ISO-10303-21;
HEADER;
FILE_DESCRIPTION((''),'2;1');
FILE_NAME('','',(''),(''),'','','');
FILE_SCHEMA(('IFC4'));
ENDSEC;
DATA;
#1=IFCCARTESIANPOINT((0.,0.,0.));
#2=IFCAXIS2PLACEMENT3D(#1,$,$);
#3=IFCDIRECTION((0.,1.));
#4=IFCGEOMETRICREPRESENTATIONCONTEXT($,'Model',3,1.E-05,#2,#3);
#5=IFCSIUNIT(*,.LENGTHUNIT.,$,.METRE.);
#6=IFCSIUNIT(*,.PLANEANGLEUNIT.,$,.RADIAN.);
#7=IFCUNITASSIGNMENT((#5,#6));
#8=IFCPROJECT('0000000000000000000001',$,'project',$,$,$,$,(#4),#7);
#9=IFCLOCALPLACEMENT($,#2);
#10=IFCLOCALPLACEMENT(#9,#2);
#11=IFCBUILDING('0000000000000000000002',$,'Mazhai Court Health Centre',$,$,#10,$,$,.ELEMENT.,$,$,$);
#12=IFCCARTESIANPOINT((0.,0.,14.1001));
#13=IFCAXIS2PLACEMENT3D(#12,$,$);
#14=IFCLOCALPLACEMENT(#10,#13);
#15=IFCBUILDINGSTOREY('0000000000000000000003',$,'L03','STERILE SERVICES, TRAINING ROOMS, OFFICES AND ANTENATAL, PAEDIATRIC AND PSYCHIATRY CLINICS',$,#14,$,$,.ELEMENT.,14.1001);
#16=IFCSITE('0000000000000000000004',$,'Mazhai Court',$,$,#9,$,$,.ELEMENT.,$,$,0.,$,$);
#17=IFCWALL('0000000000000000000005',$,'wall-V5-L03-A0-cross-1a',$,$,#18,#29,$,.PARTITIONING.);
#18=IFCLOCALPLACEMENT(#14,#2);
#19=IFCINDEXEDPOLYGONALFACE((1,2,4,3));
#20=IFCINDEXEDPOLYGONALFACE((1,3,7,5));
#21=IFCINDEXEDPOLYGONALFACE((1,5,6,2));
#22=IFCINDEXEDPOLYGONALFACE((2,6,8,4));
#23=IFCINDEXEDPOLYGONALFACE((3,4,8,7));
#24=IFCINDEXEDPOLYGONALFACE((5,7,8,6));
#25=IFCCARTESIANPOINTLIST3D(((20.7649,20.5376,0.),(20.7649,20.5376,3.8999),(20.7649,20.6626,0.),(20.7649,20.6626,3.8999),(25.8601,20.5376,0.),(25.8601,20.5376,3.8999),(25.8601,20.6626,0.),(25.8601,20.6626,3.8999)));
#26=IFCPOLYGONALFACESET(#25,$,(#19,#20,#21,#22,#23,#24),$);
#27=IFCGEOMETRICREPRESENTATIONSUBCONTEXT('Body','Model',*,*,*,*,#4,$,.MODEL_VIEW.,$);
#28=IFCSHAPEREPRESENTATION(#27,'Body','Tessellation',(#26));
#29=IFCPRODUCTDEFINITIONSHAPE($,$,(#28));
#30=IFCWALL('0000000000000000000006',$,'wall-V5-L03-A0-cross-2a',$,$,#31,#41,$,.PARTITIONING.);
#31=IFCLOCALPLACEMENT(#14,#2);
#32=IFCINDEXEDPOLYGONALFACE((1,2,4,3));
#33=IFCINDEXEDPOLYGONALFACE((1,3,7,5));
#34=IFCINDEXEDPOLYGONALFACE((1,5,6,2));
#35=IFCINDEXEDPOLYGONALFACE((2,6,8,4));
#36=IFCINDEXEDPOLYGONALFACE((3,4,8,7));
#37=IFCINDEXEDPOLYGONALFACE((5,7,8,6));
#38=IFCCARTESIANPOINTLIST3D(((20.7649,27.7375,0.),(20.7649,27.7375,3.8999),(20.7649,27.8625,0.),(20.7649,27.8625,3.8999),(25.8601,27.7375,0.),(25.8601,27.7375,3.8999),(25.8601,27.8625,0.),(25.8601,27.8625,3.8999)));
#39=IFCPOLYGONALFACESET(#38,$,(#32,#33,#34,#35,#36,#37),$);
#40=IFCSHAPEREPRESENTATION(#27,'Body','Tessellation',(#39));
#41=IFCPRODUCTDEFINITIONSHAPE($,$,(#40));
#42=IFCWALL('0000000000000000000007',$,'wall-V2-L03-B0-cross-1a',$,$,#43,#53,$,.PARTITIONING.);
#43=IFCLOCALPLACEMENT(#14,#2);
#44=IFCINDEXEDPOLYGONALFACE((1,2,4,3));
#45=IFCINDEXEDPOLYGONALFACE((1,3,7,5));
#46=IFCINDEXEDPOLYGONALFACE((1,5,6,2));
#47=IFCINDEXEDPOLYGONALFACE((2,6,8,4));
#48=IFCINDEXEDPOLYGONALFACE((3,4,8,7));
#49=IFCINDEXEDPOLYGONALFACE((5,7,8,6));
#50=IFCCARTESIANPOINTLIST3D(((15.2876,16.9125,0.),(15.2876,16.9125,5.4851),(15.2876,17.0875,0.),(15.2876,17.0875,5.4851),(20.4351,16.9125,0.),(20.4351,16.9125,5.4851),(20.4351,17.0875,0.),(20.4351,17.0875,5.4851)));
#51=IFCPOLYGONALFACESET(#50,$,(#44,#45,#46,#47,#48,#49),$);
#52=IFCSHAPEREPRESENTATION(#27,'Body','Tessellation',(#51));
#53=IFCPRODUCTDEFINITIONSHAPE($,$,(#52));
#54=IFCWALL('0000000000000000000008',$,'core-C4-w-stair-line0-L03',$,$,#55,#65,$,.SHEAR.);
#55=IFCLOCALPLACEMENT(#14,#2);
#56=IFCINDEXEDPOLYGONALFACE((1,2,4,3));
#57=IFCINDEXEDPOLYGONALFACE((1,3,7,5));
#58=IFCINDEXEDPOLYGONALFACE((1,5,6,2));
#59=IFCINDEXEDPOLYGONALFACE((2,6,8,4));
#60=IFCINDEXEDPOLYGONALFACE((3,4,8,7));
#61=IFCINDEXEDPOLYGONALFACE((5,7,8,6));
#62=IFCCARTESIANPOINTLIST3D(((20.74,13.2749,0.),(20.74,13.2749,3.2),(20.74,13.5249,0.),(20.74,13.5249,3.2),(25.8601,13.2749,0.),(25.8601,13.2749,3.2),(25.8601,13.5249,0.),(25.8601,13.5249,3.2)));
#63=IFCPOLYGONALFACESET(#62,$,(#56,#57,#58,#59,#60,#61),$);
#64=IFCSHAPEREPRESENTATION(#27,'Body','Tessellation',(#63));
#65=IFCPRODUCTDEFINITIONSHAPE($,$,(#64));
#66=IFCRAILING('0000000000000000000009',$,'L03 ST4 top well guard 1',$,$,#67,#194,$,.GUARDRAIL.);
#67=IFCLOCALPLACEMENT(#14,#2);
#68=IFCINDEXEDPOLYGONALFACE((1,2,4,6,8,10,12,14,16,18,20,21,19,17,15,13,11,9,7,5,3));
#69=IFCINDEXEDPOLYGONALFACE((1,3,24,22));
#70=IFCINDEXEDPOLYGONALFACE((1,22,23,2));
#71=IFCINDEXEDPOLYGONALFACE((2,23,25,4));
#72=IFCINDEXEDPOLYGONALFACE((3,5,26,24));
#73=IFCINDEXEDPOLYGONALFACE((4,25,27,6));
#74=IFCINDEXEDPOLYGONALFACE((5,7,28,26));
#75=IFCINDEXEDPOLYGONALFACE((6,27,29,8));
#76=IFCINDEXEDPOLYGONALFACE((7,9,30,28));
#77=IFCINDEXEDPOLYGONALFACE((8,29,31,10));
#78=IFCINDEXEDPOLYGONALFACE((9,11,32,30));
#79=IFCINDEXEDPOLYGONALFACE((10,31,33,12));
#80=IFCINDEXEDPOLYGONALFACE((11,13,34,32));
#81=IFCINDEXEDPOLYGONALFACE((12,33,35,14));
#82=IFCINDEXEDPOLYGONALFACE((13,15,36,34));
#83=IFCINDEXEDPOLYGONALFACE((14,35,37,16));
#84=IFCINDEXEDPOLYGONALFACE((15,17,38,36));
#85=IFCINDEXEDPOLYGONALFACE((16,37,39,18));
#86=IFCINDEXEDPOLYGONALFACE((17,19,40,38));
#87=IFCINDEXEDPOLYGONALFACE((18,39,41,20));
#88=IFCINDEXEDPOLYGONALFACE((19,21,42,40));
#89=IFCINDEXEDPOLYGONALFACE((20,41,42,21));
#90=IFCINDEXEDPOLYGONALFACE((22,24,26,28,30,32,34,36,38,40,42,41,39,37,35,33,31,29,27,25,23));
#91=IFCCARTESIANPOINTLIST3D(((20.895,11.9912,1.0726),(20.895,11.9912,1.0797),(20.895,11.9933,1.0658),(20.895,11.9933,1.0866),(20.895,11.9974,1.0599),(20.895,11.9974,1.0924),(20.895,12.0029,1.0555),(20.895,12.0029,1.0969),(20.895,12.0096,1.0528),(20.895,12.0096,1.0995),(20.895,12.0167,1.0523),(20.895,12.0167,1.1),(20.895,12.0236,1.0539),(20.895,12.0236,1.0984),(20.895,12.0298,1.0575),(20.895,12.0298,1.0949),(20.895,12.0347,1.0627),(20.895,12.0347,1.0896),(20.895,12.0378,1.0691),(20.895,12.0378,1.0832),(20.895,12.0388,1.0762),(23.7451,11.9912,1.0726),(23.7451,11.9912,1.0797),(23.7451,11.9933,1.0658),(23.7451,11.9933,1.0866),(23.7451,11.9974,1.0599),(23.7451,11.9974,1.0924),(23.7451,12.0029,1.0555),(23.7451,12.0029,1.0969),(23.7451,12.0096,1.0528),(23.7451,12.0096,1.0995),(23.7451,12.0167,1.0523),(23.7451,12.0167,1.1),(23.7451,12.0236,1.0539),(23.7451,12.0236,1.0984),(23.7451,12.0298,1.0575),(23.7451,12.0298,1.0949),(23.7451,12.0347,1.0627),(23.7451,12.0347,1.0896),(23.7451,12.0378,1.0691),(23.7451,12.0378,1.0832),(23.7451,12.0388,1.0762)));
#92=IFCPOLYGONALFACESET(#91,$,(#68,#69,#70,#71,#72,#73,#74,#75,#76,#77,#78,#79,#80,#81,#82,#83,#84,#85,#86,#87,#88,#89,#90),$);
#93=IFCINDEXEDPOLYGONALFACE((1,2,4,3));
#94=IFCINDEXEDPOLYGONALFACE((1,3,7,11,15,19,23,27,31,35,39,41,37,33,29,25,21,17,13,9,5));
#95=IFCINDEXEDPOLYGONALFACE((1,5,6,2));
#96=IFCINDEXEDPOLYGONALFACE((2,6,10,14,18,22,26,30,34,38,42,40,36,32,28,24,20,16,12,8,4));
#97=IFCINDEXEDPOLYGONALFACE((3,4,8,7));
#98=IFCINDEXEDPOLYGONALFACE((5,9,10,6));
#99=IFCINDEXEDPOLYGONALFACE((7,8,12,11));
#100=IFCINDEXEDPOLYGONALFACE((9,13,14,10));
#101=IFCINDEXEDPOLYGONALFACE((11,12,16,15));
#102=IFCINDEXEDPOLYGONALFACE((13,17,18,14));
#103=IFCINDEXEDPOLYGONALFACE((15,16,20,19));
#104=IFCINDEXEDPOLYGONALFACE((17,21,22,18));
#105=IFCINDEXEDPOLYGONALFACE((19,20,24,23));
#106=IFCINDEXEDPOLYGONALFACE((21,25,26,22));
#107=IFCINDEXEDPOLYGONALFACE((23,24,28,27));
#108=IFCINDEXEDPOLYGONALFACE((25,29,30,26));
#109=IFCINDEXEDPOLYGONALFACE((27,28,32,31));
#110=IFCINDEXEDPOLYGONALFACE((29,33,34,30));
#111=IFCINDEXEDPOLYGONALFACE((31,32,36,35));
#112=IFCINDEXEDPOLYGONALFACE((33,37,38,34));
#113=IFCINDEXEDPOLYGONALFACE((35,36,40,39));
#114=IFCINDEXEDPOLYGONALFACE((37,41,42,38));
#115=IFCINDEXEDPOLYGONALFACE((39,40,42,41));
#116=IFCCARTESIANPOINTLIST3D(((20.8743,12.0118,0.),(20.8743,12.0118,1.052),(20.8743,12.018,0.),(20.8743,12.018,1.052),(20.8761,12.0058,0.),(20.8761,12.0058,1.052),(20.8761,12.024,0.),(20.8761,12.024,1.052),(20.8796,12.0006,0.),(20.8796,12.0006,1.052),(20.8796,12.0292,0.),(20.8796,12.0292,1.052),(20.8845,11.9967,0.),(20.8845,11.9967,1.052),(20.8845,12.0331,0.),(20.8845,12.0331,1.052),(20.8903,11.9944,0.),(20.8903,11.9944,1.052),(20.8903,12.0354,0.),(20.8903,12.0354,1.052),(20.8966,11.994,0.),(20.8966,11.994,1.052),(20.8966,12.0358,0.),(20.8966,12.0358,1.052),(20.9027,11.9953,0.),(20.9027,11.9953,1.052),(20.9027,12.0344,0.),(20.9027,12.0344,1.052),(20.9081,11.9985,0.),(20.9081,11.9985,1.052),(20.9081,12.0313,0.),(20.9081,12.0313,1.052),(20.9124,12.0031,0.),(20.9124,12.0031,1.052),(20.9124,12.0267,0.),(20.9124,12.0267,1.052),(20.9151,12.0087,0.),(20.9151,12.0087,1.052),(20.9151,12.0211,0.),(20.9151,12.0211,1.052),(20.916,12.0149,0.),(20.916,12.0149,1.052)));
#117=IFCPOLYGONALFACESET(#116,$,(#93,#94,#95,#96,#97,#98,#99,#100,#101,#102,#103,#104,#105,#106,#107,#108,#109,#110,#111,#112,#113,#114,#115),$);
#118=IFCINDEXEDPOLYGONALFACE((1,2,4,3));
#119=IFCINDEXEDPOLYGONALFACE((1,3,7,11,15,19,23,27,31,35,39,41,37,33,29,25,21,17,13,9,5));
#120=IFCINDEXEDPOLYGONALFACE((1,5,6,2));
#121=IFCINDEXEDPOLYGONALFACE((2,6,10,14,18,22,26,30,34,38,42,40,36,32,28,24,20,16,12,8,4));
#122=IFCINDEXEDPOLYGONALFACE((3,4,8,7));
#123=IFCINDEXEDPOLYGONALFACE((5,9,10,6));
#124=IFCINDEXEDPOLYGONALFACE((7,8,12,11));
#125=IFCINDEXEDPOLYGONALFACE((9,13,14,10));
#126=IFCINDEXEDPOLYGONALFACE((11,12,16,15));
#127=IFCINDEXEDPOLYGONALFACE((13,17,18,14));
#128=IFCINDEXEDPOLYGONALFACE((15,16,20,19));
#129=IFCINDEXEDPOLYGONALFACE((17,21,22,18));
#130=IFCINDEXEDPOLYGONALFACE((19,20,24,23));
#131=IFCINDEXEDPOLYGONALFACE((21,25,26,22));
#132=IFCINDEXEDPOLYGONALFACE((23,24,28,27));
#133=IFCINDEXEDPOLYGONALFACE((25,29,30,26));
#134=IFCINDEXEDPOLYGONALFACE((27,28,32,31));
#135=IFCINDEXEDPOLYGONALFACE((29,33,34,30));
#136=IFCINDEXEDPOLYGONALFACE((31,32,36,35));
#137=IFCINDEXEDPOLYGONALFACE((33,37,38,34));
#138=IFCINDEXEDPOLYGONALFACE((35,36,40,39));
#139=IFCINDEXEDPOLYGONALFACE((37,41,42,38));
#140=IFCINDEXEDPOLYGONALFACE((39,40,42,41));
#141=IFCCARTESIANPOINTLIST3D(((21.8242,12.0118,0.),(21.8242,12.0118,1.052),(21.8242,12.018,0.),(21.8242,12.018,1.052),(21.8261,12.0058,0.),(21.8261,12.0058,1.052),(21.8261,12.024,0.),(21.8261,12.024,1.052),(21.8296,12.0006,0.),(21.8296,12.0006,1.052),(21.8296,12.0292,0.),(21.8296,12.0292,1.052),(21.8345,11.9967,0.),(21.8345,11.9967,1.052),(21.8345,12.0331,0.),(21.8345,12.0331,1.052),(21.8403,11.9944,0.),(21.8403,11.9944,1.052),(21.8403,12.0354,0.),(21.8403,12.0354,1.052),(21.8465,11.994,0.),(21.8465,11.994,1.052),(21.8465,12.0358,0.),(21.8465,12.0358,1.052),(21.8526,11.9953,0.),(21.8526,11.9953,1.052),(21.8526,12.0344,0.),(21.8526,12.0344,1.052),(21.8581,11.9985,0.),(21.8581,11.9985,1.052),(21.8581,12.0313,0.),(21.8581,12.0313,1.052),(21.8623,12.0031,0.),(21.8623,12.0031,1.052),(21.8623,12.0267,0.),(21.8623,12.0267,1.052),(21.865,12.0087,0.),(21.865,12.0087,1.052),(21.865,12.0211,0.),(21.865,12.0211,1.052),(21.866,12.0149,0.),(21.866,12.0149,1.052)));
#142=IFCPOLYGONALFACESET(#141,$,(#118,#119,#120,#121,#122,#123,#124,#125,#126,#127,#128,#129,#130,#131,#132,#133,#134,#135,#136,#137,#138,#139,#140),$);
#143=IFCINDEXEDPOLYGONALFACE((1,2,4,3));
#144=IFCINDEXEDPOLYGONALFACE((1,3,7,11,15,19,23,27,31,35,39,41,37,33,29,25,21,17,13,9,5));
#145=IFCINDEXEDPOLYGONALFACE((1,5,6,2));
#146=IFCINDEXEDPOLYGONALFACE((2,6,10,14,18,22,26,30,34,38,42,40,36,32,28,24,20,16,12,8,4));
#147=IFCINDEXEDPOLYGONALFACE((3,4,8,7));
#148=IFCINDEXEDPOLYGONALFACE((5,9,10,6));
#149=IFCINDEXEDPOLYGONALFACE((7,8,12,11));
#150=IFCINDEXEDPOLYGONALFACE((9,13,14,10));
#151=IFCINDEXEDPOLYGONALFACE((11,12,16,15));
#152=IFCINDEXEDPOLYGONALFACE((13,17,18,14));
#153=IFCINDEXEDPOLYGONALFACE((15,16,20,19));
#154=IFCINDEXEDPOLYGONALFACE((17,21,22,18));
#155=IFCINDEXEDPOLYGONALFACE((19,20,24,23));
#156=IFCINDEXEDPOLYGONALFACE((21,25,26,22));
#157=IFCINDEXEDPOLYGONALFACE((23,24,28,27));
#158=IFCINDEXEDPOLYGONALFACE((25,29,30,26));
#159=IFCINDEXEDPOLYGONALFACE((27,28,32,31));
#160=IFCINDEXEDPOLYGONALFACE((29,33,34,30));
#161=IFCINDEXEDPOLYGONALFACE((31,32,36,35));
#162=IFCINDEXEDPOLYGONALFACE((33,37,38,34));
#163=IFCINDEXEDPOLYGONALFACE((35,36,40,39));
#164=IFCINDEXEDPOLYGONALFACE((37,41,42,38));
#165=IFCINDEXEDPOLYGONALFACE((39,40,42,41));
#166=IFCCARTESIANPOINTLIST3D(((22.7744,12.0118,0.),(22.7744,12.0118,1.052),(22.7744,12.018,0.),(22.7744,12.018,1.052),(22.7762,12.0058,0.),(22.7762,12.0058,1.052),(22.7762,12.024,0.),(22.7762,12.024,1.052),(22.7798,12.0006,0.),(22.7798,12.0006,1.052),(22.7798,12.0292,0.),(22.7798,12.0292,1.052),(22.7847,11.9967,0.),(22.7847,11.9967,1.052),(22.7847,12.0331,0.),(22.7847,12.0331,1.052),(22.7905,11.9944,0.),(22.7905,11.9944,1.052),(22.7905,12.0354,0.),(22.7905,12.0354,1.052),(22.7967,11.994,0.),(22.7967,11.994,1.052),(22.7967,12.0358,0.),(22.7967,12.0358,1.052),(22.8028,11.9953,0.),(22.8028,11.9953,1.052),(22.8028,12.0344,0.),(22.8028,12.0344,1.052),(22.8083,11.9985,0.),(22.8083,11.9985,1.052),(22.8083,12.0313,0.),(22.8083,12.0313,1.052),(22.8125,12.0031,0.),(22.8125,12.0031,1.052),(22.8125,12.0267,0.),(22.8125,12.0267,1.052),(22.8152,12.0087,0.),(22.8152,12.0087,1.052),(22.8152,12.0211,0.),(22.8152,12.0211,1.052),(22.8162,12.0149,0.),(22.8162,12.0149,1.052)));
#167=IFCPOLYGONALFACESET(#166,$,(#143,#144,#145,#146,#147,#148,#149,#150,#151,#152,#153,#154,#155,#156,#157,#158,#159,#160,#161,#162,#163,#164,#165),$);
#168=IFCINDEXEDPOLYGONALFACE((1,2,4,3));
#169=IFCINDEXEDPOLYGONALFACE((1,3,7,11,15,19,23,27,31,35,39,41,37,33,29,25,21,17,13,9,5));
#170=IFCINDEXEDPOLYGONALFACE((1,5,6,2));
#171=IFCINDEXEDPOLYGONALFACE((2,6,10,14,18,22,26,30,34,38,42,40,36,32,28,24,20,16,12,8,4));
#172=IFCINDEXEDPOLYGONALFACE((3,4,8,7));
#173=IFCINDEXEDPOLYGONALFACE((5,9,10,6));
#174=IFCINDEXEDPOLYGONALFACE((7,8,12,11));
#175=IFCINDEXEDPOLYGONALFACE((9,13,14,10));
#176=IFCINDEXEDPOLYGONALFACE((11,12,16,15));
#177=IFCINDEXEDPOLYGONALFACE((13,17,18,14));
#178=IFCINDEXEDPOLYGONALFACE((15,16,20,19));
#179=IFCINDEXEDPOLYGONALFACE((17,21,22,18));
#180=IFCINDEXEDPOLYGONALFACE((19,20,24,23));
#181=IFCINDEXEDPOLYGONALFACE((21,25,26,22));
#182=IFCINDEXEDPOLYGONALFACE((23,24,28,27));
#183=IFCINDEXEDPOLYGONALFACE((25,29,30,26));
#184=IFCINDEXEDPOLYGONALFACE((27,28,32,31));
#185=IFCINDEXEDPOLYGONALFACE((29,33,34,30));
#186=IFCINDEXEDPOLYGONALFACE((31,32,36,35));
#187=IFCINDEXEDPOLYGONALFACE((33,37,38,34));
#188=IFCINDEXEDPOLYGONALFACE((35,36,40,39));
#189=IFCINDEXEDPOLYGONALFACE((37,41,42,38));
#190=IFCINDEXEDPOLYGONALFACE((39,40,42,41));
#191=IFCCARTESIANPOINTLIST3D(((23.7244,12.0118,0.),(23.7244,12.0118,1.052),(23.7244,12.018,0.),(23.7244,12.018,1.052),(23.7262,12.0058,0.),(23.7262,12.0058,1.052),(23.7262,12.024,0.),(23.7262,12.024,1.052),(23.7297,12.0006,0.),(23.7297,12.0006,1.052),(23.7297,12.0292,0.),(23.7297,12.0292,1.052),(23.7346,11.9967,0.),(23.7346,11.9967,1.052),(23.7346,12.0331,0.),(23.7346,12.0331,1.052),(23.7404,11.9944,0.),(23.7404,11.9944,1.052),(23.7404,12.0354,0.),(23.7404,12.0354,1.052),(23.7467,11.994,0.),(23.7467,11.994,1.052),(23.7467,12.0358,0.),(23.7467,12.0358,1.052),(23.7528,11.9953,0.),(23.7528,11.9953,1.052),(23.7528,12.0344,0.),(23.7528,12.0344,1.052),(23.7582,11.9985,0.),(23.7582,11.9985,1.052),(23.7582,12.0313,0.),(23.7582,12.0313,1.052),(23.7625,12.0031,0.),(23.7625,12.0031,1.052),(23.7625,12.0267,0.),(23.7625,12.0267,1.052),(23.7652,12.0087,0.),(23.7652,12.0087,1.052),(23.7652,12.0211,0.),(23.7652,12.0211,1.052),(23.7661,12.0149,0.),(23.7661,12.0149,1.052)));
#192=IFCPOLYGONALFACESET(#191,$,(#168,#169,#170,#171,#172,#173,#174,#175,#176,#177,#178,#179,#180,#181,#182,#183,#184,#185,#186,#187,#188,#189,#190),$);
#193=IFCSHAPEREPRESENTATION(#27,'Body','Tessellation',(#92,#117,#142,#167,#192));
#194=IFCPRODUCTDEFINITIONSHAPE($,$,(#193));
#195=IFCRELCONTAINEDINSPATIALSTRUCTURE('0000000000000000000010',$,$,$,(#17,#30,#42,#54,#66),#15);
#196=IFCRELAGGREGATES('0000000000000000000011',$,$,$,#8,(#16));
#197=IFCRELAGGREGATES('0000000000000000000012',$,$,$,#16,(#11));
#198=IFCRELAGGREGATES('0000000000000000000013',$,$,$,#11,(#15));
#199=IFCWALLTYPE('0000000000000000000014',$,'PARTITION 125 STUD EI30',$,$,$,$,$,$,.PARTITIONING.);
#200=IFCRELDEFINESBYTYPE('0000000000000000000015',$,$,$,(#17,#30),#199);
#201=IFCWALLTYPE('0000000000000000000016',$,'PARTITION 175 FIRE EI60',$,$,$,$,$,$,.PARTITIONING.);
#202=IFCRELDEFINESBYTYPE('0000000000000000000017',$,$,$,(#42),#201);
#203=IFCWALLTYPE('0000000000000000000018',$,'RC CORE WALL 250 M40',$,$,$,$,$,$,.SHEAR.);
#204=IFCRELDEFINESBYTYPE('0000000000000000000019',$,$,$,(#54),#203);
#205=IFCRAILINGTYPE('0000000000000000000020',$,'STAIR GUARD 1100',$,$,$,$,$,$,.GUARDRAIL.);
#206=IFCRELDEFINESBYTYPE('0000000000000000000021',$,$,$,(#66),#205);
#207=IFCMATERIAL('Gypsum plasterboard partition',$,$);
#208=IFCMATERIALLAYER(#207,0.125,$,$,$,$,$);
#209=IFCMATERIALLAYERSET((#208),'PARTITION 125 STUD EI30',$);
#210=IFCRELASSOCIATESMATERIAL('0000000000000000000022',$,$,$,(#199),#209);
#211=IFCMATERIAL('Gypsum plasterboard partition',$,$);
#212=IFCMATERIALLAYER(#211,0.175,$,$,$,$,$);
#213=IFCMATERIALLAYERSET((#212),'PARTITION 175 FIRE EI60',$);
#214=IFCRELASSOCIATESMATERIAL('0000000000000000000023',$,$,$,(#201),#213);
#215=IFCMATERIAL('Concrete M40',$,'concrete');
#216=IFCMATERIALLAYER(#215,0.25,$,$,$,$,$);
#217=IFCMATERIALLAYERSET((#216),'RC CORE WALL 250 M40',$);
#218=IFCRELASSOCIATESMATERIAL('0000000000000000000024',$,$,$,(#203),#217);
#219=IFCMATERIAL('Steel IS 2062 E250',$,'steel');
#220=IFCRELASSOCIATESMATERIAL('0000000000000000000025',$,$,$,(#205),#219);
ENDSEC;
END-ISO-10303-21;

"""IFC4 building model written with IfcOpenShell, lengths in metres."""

from ifc_helpers import new_model, si_unit, direction, frame, frame_2d, origin, origin_2d, place, context, subcontext, project, spatial, rectangle, circle, extrude, material, layer, layer_set, type_object, element, save


model = new_model("IFC4")

# Units and contexts
model_context = context("Model", 3, precision=1e-05, world=origin(), true_north=direction((0.0, 1.0)))
body_context = subcontext(model_context, "Body", "Model", "MODEL_VIEW")
ifc_project = project(units=[si_unit("LENGTHUNIT", "METRE"), si_unit("PLANEANGLEUNIT", "RADIAN")], contexts=[model_context])

# Site, building, storey
site_placement = place(None, origin())
site = spatial("IfcSite", under=ifc_project, at=site_placement, Name="Mazhai Court", CompositionType="ELEMENT", RefElevation=0.0)
building_placement = place(site_placement, origin())
building = spatial("IfcBuilding", under=site, at=building_placement, Name="Mazhai Court Health Centre", CompositionType="ELEMENT")
storey_placement = place(building_placement, frame((0.0, 0.0, 14.1001)))
storey = spatial("IfcBuildingStorey", under=building, at=storey_placement, Name="L03", Description="STERILE SERVICES, TRAINING ROOMS, OFFICES AND ANTENATAL, PAEDIATRIC AND PSYCHIATRY CLINICS", CompositionType="ELEMENT", Elevation=14.1001)

# Walls
ifc_material_1 = material(Name="Gypsum plasterboard partition")
ifc_layer_1 = layer(ifc_material_1, 0.125)
ifc_layer_set_1 = layer_set([ifc_layer_1], Name="PARTITION 125 STUD EI30")
wall_type_1 = type_object("IfcWallType", Name="PARTITION 125 STUD EI30", PredefinedType="PARTITIONING", material=ifc_layer_set_1)
for number, where, z_axis, x_axis, name in (
    (1, (20.7649, 20.6001, 0.0), (0.0, 0.0, 1.0), (1.0, 0.0, 0.0), "wall-V5-L03-A0-cross-1a"),
    (2, (20.7649, 27.8, 0.0), (0.0, 0.0, 1.0), (1.0, 0.0, 0.0), "wall-V5-L03-A0-cross-2a"),
):
    element("IfcWall", number, at=place(storey_placement, frame(where, z_axis=z_axis, x_axis=x_axis)), inside=storey, type_object=wall_type_1, Name=name, PredefinedType="PARTITIONING", context=body_context, shape_type="SweptSolid", body=[
        extrude(rectangle(XDim=5.0952, YDim=0.125, at=frame_2d((2.5476, 0.0))), origin(), (0.0, 0.0, 1.0), 3.8999),
    ])
ifc_material_2 = material(Name="Gypsum plasterboard partition")
ifc_layer_2 = layer(ifc_material_2, 0.175)
ifc_layer_set_2 = layer_set([ifc_layer_2], Name="PARTITION 175 FIRE EI60")
wall_type_2 = type_object("IfcWallType", Name="PARTITION 175 FIRE EI60", PredefinedType="PARTITIONING", material=ifc_layer_set_2)
wall_1_placement = place(storey_placement, frame((20.4351, 17.0, 0.0), z_axis=(0.0, 0.0, 1.0), x_axis=(-1.0, 0.0, 0.0)))
element("IfcWall", 3, at=wall_1_placement, inside=storey, type_object=wall_type_2, Name="wall-V2-L03-B0-cross-1a", PredefinedType="PARTITIONING", context=body_context, shape_type="SweptSolid", body=[
    extrude(rectangle(XDim=5.1475, YDim=0.175, at=frame_2d((2.5737, 0.0))), origin(), (0.0, 0.0, 1.0), 5.4851),
])
ifc_material_3 = material(Name="Concrete M40", Category="concrete")
ifc_layer_3 = layer(ifc_material_3, 0.25)
ifc_layer_set_3 = layer_set([ifc_layer_3], Name="RC CORE WALL 250 M40")
wall_type_3 = type_object("IfcWallType", Name="RC CORE WALL 250 M40", PredefinedType="SHEAR", material=ifc_layer_set_3)
wall_2_placement = place(storey_placement, frame((20.74, 13.3999, 0.0), z_axis=(0.0, 0.0, 1.0), x_axis=(1.0, 0.0, 0.0)))
element("IfcWall", 4, at=wall_2_placement, inside=storey, type_object=wall_type_3, Name="core-C4-w-stair-line0-L03", PredefinedType="SHEAR", context=body_context, shape_type="SweptSolid", body=[
    extrude(rectangle(XDim=5.1201, YDim=0.25, at=frame_2d((2.5601, 0.0))), origin(), (0.0, 0.0, 1.0), 3.2),
])

# Railing
ifc_material_4 = material(Name="Steel IS 2062 E250", Category="steel")
railing_type = type_object("IfcRailingType", Name="STAIR GUARD 1100", PredefinedType="GUARDRAIL", material=ifc_material_4)
railing_placement = place(storey_placement, frame((20.895, 12.0149, 0.0)))
element("IfcRailing", 5, at=railing_placement, inside=storey, type_object=railing_type, Name="L03 ST4 top well guard 1", PredefinedType="GUARDRAIL", context=body_context, shape_type="SweptSolid", body=[
    extrude(circle(Radius=0.0239, at=origin_2d()), frame((0.0, 0.0, 1.0762), z_axis=(1.0, 0.0, 0.0), x_axis=(0.0, 1.0, 0.0)), (0.0, 0.0, 1.0), 2.8501),
    extrude(circle(Radius=0.021, at=origin_2d()), origin(), (0.0, 0.0, 1.0), 1.052),
    extrude(circle(Radius=0.021, at=origin_2d()), frame((0.95, 0.0, 0.0)), (0.0, 0.0, 1.0), 1.052),
    extrude(circle(Radius=0.021, at=origin_2d()), frame((1.9001, 0.0, 0.0)), (0.0, 0.0, 1.0), 1.052),
    extrude(circle(Radius=0.021, at=origin_2d()), frame((2.8501, 0.0, 0.0)), (0.0, 0.0, 1.0), 1.052),
])

save(model, "model.ifc")
